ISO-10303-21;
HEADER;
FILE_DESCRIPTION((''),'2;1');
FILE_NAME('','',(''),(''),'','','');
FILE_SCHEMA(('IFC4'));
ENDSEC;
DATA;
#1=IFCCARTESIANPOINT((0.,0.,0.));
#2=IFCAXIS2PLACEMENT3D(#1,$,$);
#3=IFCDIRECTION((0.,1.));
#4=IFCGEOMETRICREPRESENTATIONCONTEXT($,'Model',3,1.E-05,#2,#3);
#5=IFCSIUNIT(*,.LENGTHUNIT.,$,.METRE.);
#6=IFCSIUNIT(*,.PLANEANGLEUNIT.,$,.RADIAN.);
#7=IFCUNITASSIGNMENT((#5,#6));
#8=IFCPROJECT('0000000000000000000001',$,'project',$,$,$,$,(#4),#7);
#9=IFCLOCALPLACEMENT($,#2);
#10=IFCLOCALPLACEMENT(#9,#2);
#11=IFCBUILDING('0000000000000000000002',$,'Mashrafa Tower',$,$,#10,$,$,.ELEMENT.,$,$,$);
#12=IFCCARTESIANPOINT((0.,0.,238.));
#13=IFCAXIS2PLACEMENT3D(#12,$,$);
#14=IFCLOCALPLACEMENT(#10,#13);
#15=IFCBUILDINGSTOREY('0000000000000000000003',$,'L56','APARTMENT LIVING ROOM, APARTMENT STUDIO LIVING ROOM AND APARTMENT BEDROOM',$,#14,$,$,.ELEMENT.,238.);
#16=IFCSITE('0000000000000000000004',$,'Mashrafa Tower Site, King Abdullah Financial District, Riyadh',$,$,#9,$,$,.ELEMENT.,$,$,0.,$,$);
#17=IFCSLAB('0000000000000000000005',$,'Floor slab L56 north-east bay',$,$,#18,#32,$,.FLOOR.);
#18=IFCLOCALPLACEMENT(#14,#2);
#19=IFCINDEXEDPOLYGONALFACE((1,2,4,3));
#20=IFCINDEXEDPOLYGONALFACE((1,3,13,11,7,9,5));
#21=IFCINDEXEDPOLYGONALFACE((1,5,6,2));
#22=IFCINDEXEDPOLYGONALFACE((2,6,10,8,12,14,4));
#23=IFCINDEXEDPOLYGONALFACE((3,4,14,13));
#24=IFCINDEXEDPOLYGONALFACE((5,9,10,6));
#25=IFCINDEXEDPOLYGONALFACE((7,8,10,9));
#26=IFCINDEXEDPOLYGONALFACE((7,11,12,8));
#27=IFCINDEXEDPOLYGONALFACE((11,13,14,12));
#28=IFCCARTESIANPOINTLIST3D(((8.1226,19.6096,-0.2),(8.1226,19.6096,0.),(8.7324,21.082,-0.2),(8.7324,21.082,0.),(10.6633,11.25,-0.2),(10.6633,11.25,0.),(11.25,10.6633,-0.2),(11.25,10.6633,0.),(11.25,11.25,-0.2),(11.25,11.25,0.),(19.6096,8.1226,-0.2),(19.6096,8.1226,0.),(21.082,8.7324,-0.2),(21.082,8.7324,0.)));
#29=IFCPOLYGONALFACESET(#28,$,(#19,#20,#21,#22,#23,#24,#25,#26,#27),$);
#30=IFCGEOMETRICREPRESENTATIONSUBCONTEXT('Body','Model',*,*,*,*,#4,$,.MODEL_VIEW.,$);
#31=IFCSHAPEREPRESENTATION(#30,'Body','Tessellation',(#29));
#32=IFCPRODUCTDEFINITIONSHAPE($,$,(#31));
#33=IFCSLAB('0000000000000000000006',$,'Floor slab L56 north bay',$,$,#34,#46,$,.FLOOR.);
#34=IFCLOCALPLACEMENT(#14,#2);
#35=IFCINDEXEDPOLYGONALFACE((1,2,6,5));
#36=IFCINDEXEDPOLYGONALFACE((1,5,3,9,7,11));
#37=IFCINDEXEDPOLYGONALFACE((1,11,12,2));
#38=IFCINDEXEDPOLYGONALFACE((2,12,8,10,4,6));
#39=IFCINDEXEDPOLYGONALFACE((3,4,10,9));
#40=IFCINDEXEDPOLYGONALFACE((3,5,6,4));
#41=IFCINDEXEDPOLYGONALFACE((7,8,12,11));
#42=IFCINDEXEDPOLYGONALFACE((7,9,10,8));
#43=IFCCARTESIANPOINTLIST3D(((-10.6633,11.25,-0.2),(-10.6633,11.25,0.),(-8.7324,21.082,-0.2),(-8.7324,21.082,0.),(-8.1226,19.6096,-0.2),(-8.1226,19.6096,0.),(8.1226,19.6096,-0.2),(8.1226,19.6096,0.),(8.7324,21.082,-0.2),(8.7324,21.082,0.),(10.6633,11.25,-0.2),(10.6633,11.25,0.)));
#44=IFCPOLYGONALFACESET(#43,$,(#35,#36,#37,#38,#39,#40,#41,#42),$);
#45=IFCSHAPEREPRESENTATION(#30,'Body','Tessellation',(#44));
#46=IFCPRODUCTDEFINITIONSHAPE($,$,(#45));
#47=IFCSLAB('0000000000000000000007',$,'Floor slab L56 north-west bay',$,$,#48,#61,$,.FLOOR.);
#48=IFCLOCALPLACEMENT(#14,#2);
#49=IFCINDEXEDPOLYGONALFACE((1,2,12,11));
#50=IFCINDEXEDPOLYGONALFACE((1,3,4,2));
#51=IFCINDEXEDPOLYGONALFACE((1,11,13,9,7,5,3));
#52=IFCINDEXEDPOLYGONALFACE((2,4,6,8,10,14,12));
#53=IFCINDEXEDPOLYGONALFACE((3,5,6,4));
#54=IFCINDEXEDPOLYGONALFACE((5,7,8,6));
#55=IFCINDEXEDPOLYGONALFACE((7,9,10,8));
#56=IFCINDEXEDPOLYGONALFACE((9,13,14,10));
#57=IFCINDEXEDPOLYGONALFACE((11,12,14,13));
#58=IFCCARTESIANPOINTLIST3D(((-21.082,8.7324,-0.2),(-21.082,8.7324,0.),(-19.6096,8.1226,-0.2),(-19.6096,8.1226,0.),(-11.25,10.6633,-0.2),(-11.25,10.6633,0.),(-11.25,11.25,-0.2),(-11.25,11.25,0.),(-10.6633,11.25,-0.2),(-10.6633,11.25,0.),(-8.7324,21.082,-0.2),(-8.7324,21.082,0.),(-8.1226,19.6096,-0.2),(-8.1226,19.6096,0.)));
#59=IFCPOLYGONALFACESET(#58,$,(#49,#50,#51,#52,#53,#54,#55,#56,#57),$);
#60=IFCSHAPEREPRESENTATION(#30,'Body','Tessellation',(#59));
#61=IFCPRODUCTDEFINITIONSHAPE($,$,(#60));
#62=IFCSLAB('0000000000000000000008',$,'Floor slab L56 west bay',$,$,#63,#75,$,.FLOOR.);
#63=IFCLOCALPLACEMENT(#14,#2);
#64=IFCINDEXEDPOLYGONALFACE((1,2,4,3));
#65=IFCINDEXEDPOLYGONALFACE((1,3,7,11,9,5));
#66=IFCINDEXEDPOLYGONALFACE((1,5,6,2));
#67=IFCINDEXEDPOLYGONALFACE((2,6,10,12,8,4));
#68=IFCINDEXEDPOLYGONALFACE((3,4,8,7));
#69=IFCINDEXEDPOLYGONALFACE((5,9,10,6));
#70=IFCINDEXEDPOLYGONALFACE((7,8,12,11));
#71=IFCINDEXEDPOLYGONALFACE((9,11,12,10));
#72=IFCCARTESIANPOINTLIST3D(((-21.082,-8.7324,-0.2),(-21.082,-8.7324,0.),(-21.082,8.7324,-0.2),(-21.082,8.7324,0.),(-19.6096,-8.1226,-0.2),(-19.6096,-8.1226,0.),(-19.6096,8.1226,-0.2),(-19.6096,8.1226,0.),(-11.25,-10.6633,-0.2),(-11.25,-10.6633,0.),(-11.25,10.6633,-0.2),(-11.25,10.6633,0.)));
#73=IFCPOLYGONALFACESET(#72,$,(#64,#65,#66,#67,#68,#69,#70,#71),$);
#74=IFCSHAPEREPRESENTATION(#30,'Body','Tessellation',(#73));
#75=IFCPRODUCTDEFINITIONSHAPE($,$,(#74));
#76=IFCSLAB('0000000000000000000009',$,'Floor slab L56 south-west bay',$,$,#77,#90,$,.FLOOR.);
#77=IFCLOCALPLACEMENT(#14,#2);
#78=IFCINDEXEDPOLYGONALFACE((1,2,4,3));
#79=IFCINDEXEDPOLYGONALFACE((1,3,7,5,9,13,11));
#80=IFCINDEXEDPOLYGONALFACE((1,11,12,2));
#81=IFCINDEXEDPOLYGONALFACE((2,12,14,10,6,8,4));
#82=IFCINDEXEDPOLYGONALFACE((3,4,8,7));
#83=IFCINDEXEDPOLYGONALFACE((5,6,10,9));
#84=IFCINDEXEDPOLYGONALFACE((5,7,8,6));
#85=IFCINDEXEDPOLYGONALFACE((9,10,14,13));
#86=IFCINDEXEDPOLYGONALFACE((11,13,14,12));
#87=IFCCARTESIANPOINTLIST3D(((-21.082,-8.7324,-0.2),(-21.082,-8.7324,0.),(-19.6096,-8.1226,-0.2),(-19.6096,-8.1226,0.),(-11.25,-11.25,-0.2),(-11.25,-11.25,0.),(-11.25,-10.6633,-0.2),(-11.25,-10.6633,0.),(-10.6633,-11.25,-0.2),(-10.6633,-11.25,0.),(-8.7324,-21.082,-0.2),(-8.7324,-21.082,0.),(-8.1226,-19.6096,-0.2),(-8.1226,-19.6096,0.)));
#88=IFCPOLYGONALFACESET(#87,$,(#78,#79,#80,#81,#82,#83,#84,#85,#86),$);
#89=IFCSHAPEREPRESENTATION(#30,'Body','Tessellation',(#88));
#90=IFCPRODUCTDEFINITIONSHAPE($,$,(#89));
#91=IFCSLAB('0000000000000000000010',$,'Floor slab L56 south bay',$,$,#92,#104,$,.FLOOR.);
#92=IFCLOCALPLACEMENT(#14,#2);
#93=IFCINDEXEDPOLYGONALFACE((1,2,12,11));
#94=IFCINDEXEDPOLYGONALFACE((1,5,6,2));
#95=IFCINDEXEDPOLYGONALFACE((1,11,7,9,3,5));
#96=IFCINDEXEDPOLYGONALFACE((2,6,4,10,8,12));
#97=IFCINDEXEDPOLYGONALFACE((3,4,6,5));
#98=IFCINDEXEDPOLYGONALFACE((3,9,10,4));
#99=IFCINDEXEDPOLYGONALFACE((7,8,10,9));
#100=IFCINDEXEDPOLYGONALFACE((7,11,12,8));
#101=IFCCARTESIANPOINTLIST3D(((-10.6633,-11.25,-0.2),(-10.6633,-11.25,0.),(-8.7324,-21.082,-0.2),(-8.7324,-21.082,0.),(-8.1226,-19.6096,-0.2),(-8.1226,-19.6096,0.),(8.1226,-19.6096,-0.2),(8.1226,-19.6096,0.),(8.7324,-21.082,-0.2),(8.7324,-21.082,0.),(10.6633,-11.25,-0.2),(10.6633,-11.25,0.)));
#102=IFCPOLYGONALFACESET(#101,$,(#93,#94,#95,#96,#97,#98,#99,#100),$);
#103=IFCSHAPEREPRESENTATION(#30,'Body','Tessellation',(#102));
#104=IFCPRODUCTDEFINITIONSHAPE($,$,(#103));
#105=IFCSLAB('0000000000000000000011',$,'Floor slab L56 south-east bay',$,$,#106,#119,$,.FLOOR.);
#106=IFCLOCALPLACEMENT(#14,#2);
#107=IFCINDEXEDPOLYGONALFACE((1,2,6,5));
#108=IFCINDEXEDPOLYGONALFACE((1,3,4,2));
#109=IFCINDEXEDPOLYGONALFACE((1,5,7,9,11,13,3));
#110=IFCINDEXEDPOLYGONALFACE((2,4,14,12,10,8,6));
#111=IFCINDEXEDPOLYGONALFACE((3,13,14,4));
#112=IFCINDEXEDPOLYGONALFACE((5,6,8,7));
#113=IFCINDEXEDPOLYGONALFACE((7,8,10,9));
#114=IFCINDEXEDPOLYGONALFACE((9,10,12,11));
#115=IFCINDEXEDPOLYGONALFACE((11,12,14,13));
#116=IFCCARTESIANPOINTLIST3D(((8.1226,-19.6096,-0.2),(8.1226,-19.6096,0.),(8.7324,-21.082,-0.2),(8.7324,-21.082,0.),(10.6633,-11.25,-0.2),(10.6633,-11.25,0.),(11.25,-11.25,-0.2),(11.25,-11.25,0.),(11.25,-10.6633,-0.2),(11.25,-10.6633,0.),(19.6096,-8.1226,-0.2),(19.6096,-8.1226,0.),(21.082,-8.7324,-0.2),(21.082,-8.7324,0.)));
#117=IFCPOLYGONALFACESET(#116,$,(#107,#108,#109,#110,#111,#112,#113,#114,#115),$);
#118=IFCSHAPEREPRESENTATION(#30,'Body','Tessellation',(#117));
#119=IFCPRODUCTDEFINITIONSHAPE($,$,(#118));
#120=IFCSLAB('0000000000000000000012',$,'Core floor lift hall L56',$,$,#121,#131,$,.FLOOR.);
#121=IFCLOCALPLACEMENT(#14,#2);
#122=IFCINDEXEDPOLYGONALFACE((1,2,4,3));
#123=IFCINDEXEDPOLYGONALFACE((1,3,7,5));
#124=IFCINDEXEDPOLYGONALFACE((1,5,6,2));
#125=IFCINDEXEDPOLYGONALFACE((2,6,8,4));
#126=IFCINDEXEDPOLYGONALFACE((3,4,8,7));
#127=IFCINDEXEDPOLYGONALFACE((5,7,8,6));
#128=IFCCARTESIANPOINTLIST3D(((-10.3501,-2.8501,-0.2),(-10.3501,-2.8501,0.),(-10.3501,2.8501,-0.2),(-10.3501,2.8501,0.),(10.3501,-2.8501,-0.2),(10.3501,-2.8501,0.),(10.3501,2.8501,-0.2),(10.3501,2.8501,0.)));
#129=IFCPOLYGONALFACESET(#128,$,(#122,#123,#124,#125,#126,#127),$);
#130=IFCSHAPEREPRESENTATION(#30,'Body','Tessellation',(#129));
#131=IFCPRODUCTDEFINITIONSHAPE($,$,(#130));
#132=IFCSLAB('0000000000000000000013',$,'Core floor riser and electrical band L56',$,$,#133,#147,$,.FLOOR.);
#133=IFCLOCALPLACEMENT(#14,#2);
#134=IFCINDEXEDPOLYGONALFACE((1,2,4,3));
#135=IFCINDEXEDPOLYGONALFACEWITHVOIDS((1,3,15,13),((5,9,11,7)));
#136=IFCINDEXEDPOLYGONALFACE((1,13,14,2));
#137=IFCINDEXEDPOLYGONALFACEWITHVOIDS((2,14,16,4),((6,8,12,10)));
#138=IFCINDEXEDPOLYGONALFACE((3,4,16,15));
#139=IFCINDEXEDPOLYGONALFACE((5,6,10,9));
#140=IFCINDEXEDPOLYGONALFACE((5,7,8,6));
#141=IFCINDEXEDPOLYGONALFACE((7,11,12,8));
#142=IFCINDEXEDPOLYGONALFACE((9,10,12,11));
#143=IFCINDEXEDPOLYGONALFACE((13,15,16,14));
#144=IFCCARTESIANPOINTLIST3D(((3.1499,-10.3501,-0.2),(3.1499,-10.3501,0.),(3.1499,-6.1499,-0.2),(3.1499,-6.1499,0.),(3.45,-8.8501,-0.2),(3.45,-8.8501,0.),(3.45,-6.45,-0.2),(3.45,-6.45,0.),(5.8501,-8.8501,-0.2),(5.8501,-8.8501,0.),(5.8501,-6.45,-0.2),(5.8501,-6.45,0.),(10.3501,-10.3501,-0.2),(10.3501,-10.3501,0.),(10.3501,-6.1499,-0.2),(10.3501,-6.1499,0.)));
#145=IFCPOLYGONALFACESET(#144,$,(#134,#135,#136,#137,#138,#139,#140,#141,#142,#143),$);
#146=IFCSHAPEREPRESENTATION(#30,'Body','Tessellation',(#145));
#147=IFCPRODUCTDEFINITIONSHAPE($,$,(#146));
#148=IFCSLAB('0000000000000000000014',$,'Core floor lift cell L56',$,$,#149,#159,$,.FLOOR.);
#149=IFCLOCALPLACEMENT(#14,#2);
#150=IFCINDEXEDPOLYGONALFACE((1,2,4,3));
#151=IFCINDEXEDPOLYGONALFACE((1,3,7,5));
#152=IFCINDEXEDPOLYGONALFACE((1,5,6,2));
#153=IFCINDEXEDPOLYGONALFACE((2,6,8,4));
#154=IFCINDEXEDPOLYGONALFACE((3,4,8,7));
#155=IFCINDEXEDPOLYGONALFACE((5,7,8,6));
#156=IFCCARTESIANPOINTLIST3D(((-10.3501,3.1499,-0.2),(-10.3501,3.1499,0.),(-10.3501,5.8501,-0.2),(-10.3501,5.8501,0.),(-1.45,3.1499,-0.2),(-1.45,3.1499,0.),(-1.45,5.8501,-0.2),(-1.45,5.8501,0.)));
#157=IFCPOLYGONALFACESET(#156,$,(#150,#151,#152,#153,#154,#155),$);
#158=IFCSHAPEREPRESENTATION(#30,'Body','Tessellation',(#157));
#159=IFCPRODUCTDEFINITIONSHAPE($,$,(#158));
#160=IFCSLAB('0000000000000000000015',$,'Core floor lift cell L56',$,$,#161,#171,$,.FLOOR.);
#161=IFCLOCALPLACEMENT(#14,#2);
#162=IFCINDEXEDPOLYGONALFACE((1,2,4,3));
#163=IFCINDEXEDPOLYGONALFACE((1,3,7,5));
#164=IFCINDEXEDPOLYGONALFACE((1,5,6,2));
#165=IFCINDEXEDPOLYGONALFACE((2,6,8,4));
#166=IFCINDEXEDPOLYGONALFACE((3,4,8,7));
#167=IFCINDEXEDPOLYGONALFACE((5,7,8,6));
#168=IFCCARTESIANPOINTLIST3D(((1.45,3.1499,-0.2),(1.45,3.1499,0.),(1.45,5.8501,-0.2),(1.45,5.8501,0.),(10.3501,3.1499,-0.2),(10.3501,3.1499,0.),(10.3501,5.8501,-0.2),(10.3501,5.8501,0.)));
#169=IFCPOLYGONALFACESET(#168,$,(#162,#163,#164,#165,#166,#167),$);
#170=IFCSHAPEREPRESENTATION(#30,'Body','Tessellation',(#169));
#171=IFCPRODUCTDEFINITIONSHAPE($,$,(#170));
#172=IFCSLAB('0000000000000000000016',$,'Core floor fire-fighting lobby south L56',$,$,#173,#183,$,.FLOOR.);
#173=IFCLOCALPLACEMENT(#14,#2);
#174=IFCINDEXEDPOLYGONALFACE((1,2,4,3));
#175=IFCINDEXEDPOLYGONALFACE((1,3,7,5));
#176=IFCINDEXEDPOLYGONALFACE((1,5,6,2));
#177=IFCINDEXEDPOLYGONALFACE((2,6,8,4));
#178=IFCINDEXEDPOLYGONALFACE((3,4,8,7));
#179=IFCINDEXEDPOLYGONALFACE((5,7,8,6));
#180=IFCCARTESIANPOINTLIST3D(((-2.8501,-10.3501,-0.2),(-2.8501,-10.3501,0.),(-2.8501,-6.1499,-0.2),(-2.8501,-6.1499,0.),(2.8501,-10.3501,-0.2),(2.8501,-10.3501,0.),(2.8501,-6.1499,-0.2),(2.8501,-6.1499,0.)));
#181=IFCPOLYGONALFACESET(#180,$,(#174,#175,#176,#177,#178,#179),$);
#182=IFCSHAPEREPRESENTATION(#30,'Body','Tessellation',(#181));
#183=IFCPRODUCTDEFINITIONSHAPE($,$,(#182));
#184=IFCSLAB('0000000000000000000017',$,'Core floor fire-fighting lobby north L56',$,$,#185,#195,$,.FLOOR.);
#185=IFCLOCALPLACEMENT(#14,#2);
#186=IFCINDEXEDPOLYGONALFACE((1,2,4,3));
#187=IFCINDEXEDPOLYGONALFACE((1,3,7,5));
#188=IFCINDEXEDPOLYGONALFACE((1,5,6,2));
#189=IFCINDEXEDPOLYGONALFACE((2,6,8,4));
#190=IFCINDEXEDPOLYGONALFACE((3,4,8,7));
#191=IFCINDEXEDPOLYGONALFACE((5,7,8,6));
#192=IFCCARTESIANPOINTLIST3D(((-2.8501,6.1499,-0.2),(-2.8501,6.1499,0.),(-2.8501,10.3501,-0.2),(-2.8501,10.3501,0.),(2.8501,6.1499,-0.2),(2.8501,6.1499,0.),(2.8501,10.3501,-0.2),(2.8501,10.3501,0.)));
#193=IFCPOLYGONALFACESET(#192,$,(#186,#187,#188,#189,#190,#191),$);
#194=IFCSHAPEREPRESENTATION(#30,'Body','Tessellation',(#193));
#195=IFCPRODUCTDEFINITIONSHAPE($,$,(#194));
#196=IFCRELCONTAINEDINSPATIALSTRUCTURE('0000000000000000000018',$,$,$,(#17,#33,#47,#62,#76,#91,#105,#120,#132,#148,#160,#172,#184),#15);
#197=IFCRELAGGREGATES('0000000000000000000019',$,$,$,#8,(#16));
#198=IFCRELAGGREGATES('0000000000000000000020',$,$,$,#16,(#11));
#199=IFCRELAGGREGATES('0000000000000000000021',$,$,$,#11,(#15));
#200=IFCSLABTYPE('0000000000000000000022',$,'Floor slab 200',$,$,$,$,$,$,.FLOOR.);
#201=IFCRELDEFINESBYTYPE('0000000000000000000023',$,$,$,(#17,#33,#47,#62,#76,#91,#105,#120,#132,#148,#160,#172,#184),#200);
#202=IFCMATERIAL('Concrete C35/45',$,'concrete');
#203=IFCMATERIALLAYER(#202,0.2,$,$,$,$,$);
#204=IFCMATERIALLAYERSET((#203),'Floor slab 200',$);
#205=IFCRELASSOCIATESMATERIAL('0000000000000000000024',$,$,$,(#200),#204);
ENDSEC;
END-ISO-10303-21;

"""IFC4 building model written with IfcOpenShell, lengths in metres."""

from ifc_helpers import new_model, si_unit, direction, frame, origin, place, context, subcontext, project, spatial, polyline, outline, extrude, material, layer, layer_set, type_object, element, save


model = new_model("IFC4")

# Units and contexts
model_context = context("Model", 3, precision=1e-05, world=origin(), true_north=direction((0.0, 1.0)))
body_context = subcontext(model_context, "Body", "Model", "MODEL_VIEW")
ifc_project = project(units=[si_unit("LENGTHUNIT", "METRE"), si_unit("PLANEANGLEUNIT", "RADIAN")], contexts=[model_context])

# Site, building, storey
site_placement = place(None, origin())
site = spatial("IfcSite", under=ifc_project, at=site_placement, Name="Mashrafa Tower Site, King Abdullah Financial District, Riyadh", CompositionType="ELEMENT", RefElevation=0.0)
building_placement = place(site_placement, origin())
building = spatial("IfcBuilding", under=site, at=building_placement, Name="Mashrafa Tower", CompositionType="ELEMENT")
storey_placement = place(building_placement, frame((0.0, 0.0, 238.0)))
storey = spatial("IfcBuildingStorey", under=building, at=storey_placement, Name="L56", Description="APARTMENT LIVING ROOM, APARTMENT STUDIO LIVING ROOM AND APARTMENT BEDROOM", CompositionType="ELEMENT", Elevation=238.0)

# Slabs
ifc_material_1 = material(Name="Concrete C35/45", Category="concrete")
ifc_layer_1 = layer(ifc_material_1, 0.2)
ifc_layer_set_1 = layer_set([ifc_layer_1], Name="Floor slab 200")
slab_type = type_object("IfcSlabType", Name="Floor slab 200", PredefinedType="FLOOR", material=ifc_layer_set_1)
slab_1_placement = place(storey_placement, frame((0.0, 0.0, -0.2)))
element("IfcSlab", 1, at=slab_1_placement, inside=storey, type_object=slab_type, Name="Floor slab L56 north-east bay", PredefinedType="FLOOR", context=body_context, shape_type="SweptSolid", body=[
    extrude(outline(polyline([(8.7324, 21.082), (21.082, 8.7324), (21.082, 8.7324), (19.6096, 8.1226), (11.25, 10.6633), (11.25, 11.25), (10.6633, 11.25), (8.1226, 19.6096), (8.7324, 21.082), (8.7324, 21.082)])), origin(), (0.0, 0.0, 1.0), 0.2),
])
slab_2_placement = place(storey_placement, frame((0.0, 0.0, -0.2)))
element("IfcSlab", 2, at=slab_2_placement, inside=storey, type_object=slab_type, Name="Floor slab L56 north bay", PredefinedType="FLOOR", context=body_context, shape_type="SweptSolid", body=[
    extrude(outline(polyline([(8.7324, 21.082), (8.1226, 19.6096), (10.6633, 11.25), (-10.6633, 11.25), (-8.1226, 19.6096), (-8.7324, 21.082), (8.7324, 21.082)])), origin(), (0.0, 0.0, 1.0), 0.2),
])
slab_3_placement = place(storey_placement, frame((0.0, 0.0, -0.2)))
element("IfcSlab", 3, at=slab_3_placement, inside=storey, type_object=slab_type, Name="Floor slab L56 north-west bay", PredefinedType="FLOOR", context=body_context, shape_type="SweptSolid", body=[
    extrude(outline(polyline([(-21.082, 8.7324), (-8.7324, 21.082), (-8.7324, 21.082), (-8.1226, 19.6096), (-10.6633, 11.25), (-11.25, 11.25), (-11.25, 10.6633), (-19.6096, 8.1226), (-21.082, 8.7324), (-21.082, 8.7324)])), origin(), (0.0, 0.0, 1.0), 0.2),
])
slab_4_placement = place(storey_placement, frame((0.0, 0.0, -0.2)))
element("IfcSlab", 4, at=slab_4_placement, inside=storey, type_object=slab_type, Name="Floor slab L56 west bay", PredefinedType="FLOOR", context=body_context, shape_type="SweptSolid", body=[
    extrude(outline(polyline([(-21.082, 8.7324), (-19.6096, 8.1226), (-11.25, 10.6633), (-11.25, -10.6633), (-19.6096, -8.1226), (-21.082, -8.7324), (-21.082, 8.7324)])), origin(), (0.0, 0.0, 1.0), 0.2),
])
slab_5_placement = place(storey_placement, frame((0.0, 0.0, -0.2)))
element("IfcSlab", 5, at=slab_5_placement, inside=storey, type_object=slab_type, Name="Floor slab L56 south-west bay", PredefinedType="FLOOR", context=body_context, shape_type="SweptSolid", body=[
    extrude(outline(polyline([(-8.7324, -21.082), (-21.082, -8.7324), (-21.082, -8.7324), (-19.6096, -8.1226), (-11.25, -10.6633), (-11.25, -11.25), (-10.6633, -11.25), (-8.1226, -19.6096), (-8.7324, -21.082), (-8.7324, -21.082)])), origin(), (0.0, 0.0, 1.0), 0.2),
])
slab_6_placement = place(storey_placement, frame((0.0, 0.0, -0.2)))
element("IfcSlab", 6, at=slab_6_placement, inside=storey, type_object=slab_type, Name="Floor slab L56 south bay", PredefinedType="FLOOR", context=body_context, shape_type="SweptSolid", body=[
    extrude(outline(polyline([(-8.7324, -21.082), (-8.1226, -19.6096), (-10.6633, -11.25), (10.6633, -11.25), (8.1226, -19.6096), (8.7324, -21.082), (-8.7324, -21.082)])), origin(), (0.0, 0.0, 1.0), 0.2),
])
slab_7_placement = place(storey_placement, frame((0.0, 0.0, -0.2)))
element("IfcSlab", 7, at=slab_7_placement, inside=storey, type_object=slab_type, Name="Floor slab L56 south-east bay", PredefinedType="FLOOR", context=body_context, shape_type="SweptSolid", body=[
    extrude(outline(polyline([(8.7324, -21.082), (8.1226, -19.6096), (10.6633, -11.25), (11.25, -11.25), (11.25, -10.6633), (19.6096, -8.1226), (21.082, -8.7324), (21.082, -8.7324), (8.7324, -21.082), (8.7324, -21.082)])), origin(), (0.0, 0.0, 1.0), 0.2),
])
slab_8_placement = place(storey_placement, frame((0.0, 0.0, -0.2)))
element("IfcSlab", 8, at=slab_8_placement, inside=storey, type_object=slab_type, Name="Core floor lift hall L56", PredefinedType="FLOOR", context=body_context, shape_type="SweptSolid", body=[
    extrude(outline(polyline([(-10.3501, 2.8501), (10.3501, 2.8501), (10.3501, -2.8501), (-10.3501, -2.8501), (-10.3501, 2.8501)])), origin(), (0.0, 0.0, 1.0), 0.2),
])
slab_9_placement = place(storey_placement, frame((0.0, 0.0, -0.2)))
element("IfcSlab", 9, at=slab_9_placement, inside=storey, type_object=slab_type, Name="Core floor riser and electrical band L56", PredefinedType="FLOOR", context=body_context, shape_type="SweptSolid", body=[
    extrude(outline(polyline([(10.3501, -6.1499), (10.3501, -10.3501), (3.1499, -10.3501), (3.1499, -6.1499), (10.3501, -6.1499)]), holes=[polyline([(3.45, -8.8501), (5.8501, -8.8501), (5.8501, -6.45), (3.45, -6.45), (3.45, -8.8501)])]), origin(), (0.0, 0.0, 1.0), 0.2),
])
slab_10_placement = place(storey_placement, frame((0.0, 0.0, -0.2)))
element("IfcSlab", 10, at=slab_10_placement, inside=storey, type_object=slab_type, Name="Core floor lift cell L56", PredefinedType="FLOOR", context=body_context, shape_type="SweptSolid", body=[
    extrude(outline(polyline([(-10.3501, 5.8501), (-1.45, 5.8501), (-1.45, 3.1499), (-10.3501, 3.1499), (-10.3501, 5.8501)])), origin(), (0.0, 0.0, 1.0), 0.2),
])
slab_11_placement = place(storey_placement, frame((0.0, 0.0, -0.2)))
element("IfcSlab", 11, at=slab_11_placement, inside=storey, type_object=slab_type, Name="Core floor lift cell L56", PredefinedType="FLOOR", context=body_context, shape_type="SweptSolid", body=[
    extrude(outline(polyline([(1.45, 5.8501), (10.3501, 5.8501), (10.3501, 3.1499), (1.45, 3.1499), (1.45, 5.8501)])), origin(), (0.0, 0.0, 1.0), 0.2),
])
slab_12_placement = place(storey_placement, frame((0.0, 0.0, -0.2)))
element("IfcSlab", 12, at=slab_12_placement, inside=storey, type_object=slab_type, Name="Core floor fire-fighting lobby south L56", PredefinedType="FLOOR", context=body_context, shape_type="SweptSolid", body=[
    extrude(outline(polyline([(2.8501, -6.1499), (2.8501, -10.3501), (-2.8501, -10.3501), (-2.8501, -6.1499), (2.8501, -6.1499)])), origin(), (0.0, 0.0, 1.0), 0.2),
])
slab_13_placement = place(storey_placement, frame((0.0, 0.0, -0.2)))
element("IfcSlab", 13, at=slab_13_placement, inside=storey, type_object=slab_type, Name="Core floor fire-fighting lobby north L56", PredefinedType="FLOOR", context=body_context, shape_type="SweptSolid", body=[
    extrude(outline(polyline([(-2.8501, 10.3501), (2.8501, 10.3501), (2.8501, 6.1499), (-2.8501, 6.1499), (-2.8501, 10.3501)])), origin(), (0.0, 0.0, 1.0), 0.2),
])

save(model, "model.ifc")
